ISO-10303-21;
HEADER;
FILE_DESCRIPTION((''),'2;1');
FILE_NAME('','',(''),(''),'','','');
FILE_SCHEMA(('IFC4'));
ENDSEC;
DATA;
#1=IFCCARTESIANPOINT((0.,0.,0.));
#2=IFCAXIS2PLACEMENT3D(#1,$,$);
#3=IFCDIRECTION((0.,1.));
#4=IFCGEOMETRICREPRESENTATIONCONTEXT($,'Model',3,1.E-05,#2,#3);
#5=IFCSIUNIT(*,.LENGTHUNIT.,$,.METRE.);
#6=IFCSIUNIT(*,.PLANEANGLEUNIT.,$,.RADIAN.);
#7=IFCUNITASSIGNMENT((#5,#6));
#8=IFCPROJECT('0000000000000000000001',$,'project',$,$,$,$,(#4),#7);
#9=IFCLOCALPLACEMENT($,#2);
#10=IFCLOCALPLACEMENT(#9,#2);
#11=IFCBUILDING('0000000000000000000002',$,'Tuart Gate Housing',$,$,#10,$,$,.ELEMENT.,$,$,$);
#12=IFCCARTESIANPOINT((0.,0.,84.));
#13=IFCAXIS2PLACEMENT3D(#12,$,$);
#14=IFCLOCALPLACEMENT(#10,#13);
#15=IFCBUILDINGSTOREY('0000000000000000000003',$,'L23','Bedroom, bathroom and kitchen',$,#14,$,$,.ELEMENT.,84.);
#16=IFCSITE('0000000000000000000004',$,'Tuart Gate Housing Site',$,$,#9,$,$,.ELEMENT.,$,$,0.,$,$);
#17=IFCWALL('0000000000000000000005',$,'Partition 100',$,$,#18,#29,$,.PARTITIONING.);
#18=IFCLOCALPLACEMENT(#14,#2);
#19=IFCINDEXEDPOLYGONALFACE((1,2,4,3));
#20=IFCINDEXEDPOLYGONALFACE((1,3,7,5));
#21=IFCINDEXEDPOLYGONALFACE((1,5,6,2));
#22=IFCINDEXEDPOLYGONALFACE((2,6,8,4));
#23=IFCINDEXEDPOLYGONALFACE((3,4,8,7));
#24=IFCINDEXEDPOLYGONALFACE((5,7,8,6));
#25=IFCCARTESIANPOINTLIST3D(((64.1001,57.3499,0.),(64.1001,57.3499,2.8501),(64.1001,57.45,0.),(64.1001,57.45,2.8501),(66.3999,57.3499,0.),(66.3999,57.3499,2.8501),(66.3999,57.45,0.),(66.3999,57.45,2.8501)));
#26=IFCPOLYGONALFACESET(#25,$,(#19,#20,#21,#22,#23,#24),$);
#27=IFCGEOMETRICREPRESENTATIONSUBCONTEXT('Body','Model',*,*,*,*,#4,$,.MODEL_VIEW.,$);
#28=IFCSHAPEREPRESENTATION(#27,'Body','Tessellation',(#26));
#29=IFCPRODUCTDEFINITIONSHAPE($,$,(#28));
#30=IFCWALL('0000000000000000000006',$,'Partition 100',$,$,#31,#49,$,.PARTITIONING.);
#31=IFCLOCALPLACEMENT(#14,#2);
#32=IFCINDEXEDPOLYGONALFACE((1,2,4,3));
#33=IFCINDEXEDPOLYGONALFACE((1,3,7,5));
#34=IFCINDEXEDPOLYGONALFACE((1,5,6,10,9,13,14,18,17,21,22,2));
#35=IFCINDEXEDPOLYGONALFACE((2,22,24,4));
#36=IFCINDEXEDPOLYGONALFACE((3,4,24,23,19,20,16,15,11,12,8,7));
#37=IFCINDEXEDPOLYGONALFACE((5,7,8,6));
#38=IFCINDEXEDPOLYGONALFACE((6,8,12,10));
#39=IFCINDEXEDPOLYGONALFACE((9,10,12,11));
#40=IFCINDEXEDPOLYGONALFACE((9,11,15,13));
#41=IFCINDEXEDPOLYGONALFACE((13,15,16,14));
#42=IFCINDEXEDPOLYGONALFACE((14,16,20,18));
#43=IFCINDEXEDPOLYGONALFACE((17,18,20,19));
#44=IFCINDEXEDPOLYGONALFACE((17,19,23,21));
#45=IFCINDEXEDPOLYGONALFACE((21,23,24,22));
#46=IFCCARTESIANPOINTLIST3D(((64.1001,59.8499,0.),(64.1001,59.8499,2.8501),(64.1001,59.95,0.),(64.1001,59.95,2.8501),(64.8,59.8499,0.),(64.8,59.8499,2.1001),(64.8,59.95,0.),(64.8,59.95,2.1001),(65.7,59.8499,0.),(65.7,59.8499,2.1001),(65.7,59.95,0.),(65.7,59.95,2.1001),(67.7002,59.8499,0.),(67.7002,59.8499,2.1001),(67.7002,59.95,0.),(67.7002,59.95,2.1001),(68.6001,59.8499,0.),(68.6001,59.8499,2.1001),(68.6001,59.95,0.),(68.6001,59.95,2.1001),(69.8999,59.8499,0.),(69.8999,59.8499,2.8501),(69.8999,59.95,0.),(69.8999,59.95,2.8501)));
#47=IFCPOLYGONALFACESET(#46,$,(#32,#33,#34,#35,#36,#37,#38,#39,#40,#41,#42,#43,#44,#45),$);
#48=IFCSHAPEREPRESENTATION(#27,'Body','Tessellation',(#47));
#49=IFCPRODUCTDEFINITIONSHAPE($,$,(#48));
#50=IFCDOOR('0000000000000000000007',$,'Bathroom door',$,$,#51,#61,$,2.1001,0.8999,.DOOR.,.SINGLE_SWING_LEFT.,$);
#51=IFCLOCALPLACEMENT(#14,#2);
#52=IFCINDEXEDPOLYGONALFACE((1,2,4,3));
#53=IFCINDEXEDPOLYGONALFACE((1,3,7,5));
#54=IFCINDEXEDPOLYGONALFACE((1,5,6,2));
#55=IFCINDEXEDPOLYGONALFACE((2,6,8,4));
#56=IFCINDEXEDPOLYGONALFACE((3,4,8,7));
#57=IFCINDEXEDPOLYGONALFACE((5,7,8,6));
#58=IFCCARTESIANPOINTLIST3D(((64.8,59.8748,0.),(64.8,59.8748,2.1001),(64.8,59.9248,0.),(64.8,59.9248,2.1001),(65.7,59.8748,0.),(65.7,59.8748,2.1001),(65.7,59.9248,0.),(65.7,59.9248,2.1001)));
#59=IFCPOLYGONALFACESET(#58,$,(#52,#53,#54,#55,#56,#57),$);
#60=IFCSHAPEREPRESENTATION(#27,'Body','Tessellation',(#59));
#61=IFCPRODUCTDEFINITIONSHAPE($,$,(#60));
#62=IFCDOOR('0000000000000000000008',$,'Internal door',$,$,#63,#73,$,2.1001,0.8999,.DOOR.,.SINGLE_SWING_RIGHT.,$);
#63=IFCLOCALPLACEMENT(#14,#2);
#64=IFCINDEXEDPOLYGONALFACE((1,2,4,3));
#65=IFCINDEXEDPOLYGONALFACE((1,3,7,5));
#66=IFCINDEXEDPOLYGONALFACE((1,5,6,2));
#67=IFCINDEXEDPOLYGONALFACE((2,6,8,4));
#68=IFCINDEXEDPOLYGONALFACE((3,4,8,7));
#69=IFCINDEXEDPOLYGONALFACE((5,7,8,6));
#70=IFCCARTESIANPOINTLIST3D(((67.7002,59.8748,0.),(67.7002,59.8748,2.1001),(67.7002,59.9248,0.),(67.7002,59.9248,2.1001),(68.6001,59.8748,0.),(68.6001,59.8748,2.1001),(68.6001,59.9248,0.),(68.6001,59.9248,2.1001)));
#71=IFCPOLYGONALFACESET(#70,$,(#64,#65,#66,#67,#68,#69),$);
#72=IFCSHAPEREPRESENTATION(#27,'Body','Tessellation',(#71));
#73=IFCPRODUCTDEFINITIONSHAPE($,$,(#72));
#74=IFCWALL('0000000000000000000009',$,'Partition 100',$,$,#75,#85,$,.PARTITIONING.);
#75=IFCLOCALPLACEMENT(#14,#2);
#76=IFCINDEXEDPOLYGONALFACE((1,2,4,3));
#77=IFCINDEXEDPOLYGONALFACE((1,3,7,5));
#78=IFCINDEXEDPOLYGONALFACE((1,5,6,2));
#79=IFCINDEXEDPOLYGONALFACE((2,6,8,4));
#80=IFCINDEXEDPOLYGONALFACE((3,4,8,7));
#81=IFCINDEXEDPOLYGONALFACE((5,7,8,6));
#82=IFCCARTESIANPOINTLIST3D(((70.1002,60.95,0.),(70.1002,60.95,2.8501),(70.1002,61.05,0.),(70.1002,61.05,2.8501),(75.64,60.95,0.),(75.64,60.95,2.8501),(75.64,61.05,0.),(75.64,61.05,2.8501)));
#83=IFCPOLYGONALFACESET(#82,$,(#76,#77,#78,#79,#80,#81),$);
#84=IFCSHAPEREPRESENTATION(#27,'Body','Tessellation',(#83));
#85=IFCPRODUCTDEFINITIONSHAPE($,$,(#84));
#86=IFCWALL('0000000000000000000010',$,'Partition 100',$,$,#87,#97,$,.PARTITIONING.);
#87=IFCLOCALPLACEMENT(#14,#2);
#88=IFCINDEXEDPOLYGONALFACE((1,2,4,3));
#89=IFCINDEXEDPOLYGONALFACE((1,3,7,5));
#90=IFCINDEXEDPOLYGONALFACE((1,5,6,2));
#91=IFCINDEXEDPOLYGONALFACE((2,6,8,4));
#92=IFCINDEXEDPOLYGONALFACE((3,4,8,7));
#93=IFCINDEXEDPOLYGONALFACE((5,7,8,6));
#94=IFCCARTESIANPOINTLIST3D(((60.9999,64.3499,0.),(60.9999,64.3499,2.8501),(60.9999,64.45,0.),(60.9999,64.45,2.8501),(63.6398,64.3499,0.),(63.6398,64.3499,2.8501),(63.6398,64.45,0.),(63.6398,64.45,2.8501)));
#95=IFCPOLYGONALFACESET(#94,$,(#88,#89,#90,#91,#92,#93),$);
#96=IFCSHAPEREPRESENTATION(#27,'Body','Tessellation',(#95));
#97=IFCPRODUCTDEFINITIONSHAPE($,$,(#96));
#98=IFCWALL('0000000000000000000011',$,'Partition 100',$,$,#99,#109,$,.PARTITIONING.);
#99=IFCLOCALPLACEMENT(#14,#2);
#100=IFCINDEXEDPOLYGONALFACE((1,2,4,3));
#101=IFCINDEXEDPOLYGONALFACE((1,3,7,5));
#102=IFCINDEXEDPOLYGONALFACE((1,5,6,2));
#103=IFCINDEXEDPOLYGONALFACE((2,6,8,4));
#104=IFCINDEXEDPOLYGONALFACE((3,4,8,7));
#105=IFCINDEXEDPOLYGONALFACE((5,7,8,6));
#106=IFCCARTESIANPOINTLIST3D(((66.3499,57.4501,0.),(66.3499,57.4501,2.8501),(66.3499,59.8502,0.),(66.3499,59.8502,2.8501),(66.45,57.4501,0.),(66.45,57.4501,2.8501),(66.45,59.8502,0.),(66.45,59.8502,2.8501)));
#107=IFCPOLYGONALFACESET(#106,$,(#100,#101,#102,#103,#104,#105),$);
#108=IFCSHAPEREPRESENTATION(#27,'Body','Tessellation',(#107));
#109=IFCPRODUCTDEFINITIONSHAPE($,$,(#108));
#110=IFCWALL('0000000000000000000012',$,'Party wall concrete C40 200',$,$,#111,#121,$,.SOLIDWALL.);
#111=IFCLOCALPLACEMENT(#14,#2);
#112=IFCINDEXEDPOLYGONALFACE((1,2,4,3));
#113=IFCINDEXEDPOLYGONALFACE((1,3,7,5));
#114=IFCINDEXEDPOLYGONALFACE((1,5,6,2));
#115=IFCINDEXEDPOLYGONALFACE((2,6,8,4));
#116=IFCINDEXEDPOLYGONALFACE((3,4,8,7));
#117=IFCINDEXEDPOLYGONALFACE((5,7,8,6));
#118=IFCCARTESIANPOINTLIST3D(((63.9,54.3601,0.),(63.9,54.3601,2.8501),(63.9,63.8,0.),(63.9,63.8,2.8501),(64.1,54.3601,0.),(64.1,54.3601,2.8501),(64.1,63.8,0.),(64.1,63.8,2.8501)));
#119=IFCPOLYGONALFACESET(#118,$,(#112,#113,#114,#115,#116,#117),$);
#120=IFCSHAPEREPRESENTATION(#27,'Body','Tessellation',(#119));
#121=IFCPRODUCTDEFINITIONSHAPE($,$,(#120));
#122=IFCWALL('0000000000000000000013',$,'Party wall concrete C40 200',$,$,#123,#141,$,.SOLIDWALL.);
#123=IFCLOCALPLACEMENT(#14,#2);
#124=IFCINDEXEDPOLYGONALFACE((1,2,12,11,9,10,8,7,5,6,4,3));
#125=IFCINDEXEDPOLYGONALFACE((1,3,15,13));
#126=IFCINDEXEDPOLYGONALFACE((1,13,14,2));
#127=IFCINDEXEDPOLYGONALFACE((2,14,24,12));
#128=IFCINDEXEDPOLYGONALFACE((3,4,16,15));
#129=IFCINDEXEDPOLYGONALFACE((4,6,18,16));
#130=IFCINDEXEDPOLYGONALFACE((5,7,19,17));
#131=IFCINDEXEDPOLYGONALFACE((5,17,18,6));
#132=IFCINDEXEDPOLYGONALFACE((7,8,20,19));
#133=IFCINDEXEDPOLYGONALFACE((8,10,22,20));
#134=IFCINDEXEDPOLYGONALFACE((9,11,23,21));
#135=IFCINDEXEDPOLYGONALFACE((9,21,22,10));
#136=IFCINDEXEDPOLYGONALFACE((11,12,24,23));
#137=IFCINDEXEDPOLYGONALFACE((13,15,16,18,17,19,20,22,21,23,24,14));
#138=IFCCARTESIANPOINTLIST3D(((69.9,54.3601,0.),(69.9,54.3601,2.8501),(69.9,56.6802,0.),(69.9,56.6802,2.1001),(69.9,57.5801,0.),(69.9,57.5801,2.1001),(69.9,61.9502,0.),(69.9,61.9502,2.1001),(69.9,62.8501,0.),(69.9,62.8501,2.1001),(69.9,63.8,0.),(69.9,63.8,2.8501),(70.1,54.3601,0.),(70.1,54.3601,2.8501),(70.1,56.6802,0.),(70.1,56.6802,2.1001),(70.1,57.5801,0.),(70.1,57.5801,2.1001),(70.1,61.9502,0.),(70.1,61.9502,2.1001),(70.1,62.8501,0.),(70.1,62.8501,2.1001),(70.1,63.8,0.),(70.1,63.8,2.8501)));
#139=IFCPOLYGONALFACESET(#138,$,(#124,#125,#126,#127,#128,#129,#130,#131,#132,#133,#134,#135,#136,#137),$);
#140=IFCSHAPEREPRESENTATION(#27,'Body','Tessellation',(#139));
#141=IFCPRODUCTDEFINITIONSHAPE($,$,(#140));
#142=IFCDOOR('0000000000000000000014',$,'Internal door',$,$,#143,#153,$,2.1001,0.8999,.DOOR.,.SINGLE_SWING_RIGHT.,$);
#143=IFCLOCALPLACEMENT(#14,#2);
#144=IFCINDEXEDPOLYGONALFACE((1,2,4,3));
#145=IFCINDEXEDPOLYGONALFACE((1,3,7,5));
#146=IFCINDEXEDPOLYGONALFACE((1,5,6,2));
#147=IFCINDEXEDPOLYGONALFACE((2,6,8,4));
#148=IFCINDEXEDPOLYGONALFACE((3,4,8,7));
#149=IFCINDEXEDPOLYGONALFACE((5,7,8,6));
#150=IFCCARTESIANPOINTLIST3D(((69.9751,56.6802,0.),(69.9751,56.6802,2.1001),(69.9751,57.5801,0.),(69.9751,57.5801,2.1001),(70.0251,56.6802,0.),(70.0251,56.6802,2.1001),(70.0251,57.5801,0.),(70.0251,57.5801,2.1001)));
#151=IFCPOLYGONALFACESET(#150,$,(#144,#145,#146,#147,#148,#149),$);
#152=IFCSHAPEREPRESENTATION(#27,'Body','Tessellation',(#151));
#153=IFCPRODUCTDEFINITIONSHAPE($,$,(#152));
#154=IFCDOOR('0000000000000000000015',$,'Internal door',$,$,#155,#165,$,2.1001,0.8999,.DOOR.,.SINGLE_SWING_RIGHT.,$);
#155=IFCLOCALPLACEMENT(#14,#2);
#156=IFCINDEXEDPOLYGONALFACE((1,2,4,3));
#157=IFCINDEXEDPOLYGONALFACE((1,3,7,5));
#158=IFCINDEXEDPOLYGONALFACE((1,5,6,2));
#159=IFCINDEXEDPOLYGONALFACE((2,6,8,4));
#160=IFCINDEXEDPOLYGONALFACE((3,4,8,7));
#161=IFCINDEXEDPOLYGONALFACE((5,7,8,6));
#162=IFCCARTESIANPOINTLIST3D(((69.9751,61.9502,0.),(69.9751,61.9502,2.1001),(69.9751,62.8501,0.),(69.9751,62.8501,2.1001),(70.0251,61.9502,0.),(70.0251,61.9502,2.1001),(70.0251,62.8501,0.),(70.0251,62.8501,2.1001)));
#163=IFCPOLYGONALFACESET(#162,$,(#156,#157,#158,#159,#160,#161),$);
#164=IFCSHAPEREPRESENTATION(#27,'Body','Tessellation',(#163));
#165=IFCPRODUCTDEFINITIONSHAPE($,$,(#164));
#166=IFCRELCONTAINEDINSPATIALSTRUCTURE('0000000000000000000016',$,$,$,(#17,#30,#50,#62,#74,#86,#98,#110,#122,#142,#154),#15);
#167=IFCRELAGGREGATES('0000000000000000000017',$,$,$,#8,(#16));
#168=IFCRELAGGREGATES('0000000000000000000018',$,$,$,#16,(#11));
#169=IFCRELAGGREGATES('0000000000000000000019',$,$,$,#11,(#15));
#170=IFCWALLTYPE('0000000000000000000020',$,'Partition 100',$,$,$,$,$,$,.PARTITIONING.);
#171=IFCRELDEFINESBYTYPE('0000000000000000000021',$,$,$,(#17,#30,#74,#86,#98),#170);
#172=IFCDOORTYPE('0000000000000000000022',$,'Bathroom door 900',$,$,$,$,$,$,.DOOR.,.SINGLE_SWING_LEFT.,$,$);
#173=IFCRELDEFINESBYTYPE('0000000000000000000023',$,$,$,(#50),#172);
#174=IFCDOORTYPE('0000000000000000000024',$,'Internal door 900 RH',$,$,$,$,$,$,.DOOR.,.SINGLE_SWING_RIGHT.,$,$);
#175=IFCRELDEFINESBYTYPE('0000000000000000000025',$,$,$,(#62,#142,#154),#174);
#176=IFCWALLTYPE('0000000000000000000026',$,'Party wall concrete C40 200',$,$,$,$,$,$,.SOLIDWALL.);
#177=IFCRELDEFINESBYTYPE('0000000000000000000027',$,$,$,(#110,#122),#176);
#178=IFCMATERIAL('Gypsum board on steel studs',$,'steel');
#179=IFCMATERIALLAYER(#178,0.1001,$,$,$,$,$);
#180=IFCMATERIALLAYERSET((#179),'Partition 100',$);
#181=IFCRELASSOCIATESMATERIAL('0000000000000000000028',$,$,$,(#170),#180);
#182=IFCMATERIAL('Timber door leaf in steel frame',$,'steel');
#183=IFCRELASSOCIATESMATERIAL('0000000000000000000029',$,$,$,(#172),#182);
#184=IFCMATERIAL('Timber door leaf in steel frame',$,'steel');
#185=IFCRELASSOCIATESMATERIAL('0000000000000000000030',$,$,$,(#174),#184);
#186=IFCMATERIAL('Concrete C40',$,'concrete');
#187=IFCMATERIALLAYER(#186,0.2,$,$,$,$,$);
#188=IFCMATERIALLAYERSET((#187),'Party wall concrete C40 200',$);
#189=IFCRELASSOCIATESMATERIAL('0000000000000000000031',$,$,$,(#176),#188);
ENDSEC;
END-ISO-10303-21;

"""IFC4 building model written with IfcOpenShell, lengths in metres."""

from ifc_helpers import new_model, si_unit, direction, frame, frame_2d, origin, place, context, subcontext, project, spatial, rectangle, extrude, material, layer, layer_set, type_object, element, fill, save


model = new_model("IFC4")

# Units and contexts
model_context = context("Model", 3, precision=1e-05, world=origin(), true_north=direction((0.0, 1.0)))
body_context = subcontext(model_context, "Body", "Model", "MODEL_VIEW")
ifc_project = project(units=[si_unit("LENGTHUNIT", "METRE"), si_unit("PLANEANGLEUNIT", "RADIAN")], contexts=[model_context])

# Site, building, storey
site_placement = place(None, origin())
site = spatial("IfcSite", under=ifc_project, at=site_placement, Name="Tuart Gate Housing Site", CompositionType="ELEMENT", RefElevation=0.0)
building_placement = place(site_placement, origin())
building = spatial("IfcBuilding", under=site, at=building_placement, Name="Tuart Gate Housing", CompositionType="ELEMENT")
storey_placement = place(building_placement, frame((0.0, 0.0, 84.0)))
storey = spatial("IfcBuildingStorey", under=building, at=storey_placement, Name="L23", Description="Bedroom, bathroom and kitchen", CompositionType="ELEMENT", Elevation=84.0)

# Wall
ifc_material_1 = material(Name="Gypsum board on steel studs", Category="steel")
ifc_layer_1 = layer(ifc_material_1, 0.1001)
ifc_layer_set_1 = layer_set([ifc_layer_1], Name="Partition 100")
wall_type_1 = type_object("IfcWallType", Name="Partition 100", PredefinedType="PARTITIONING", material=ifc_layer_set_1)
wall_1_placement = place(storey_placement, frame((64.1001, 57.3999, 0.0), z_axis=(0.0, 0.0, 1.0), x_axis=(1.0, 0.0, 0.0)))
element("IfcWall", 1, at=wall_1_placement, inside=storey, type_object=wall_type_1, Name="Partition 100", PredefinedType="PARTITIONING", context=body_context, shape_type="SweptSolid", body=[
    extrude(rectangle(XDim=2.2998, YDim=0.1001, at=frame_2d((1.1499, 0.0))), origin(), (0.0, 0.0, 1.0), 2.8501),
])

# Wall, openings, doors
wall_2_placement = place(storey_placement, frame((64.1001, 59.8999, 0.0), z_axis=(0.0, 0.0, 1.0), x_axis=(1.0, 0.0, 0.0)))
wall_2 = element("IfcWall", 2, at=wall_2_placement, inside=storey, type_object=wall_type_1, Name="Partition 100", PredefinedType="PARTITIONING", context=body_context, shape_type="SweptSolid", body=[
    extrude(rectangle(XDim=5.7998, YDim=0.1001, at=frame_2d((2.8999, 0.0))), origin(), (0.0, 0.0, 1.0), 2.8501),
])
opening_1_placement = place(wall_2_placement, frame((3.6001, 0.0, 0.0)))
opening_1 = element("IfcOpeningElement", 3, at=opening_1_placement, cuts=wall_2, PredefinedType="OPENING", context=body_context, shape_type="SweptSolid", body=[
    extrude(rectangle(XDim=0.8999, YDim=2.1001, at=frame_2d((0.45, 1.05))), frame((0.0, 0.0601, 0.0), z_axis=(0.0, -1.0, 0.0), x_axis=(1.0, 0.0, 0.0)), (0.0, 0.0, 1.0), 0.1201),
])
opening_2_placement = place(wall_2_placement, frame((0.7, 0.0, 0.0)))
opening_2 = element("IfcOpeningElement", 4, at=opening_2_placement, cuts=wall_2, PredefinedType="OPENING", context=body_context, shape_type="SweptSolid", body=[
    extrude(rectangle(XDim=0.8999, YDim=2.1001, at=frame_2d((0.45, 1.05))), frame((0.0, 0.0601, 0.0), z_axis=(0.0, -1.0, 0.0), x_axis=(1.0, 0.0, 0.0)), (0.0, 0.0, 1.0), 0.1201),
])
ifc_material_2 = material(Name="Timber door leaf in steel frame", Category="steel")
door_type_1 = type_object("IfcDoorType", Name="Bathroom door 900", OperationType="SINGLE_SWING_LEFT", PredefinedType="DOOR", material=ifc_material_2)
door_1_placement = place(opening_2_placement, frame((0.8999, 0.0, 0.0), z_axis=(0.0, 0.0, 1.0), x_axis=(-1.0, 0.0, 0.0)))
door_1 = element("IfcDoor", 5, at=door_1_placement, inside=storey, type_object=door_type_1, Name="Bathroom door", OperationType="SINGLE_SWING_LEFT", OverallHeight=2.1001, OverallWidth=0.8999, PredefinedType="DOOR", context=body_context, shape_type="SweptSolid", body=[
    extrude(rectangle(XDim=0.8999, YDim=2.1001, at=frame_2d((0.45, 1.05))), frame((0.0, 0.0251, 0.0), z_axis=(0.0, -1.0, 0.0), x_axis=(1.0, 0.0, 0.0)), (0.0, 0.0, 1.0), 0.05),
])
fill(opening_2, door_1)
ifc_material_3 = material(Name="Timber door leaf in steel frame", Category="steel")
door_type_2 = type_object("IfcDoorType", Name="Internal door 900 RH", OperationType="SINGLE_SWING_RIGHT", PredefinedType="DOOR", material=ifc_material_3)
door_2_placement = place(opening_1_placement, origin())
door_2 = element("IfcDoor", 6, at=door_2_placement, inside=storey, type_object=door_type_2, Name="Internal door", OperationType="SINGLE_SWING_RIGHT", OverallHeight=2.1001, OverallWidth=0.8999, PredefinedType="DOOR", context=body_context, shape_type="SweptSolid", body=[
    extrude(rectangle(XDim=0.8999, YDim=2.1001, at=frame_2d((0.45, 1.05))), frame((0.0, 0.0249, 0.0), z_axis=(0.0, -1.0, 0.0), x_axis=(1.0, 0.0, 0.0)), (0.0, 0.0, 1.0), 0.05),
])
fill(opening_1, door_2)

# Walls
wall_3_placement = place(storey_placement, frame((70.1001, 61.0, 0.0), z_axis=(0.0, 0.0, 1.0), x_axis=(1.0, 0.0, 0.0)))
element("IfcWall", 7, at=wall_3_placement, inside=storey, type_object=wall_type_1, Name="Partition 100", PredefinedType="PARTITIONING", context=body_context, shape_type="SweptSolid", body=[
    extrude(rectangle(XDim=5.5398, YDim=0.1001, at=frame_2d((2.77, 0.0))), origin(), (0.0, 0.0, 1.0), 2.8501),
])
wall_4_placement = place(storey_placement, frame((61.0, 64.3999, 0.0), z_axis=(0.0, 0.0, 1.0), x_axis=(1.0, 0.0, 0.0)))
element("IfcWall", 8, at=wall_4_placement, inside=storey, type_object=wall_type_1, Name="Partition 100", PredefinedType="PARTITIONING", context=body_context, shape_type="SweptSolid", body=[
    extrude(rectangle(XDim=2.6399, YDim=0.1001, at=frame_2d((1.3198, 0.0))), origin(), (0.0, 0.0, 1.0), 2.8501),
])
wall_5_placement = place(storey_placement, frame((66.3999, 57.45, 0.0), z_axis=(0.0, 0.0, 1.0), x_axis=(0.0, 1.0, 0.0)))
element("IfcWall", 9, at=wall_5_placement, inside=storey, type_object=wall_type_1, Name="Partition 100", PredefinedType="PARTITIONING", context=body_context, shape_type="SweptSolid", body=[
    extrude(rectangle(XDim=2.4001, YDim=0.1001, at=frame_2d((1.2002, 0.0))), origin(), (0.0, 0.0, 1.0), 2.8501),
])
ifc_material_4 = material(Name="Concrete C40", Category="concrete")
ifc_layer_2 = layer(ifc_material_4, 0.2)
ifc_layer_set_2 = layer_set([ifc_layer_2], Name="Party wall concrete C40 200")
wall_type_2 = type_object("IfcWallType", Name="Party wall concrete C40 200", PredefinedType="SOLIDWALL", material=ifc_layer_set_2)
wall_6_placement = place(storey_placement, frame((64.0, 54.3601, 0.0), z_axis=(0.0, 0.0, 1.0), x_axis=(0.0, 1.0, 0.0)))
element("IfcWall", 10, at=wall_6_placement, inside=storey, type_object=wall_type_2, Name="Party wall concrete C40 200", PredefinedType="SOLIDWALL", context=body_context, shape_type="SweptSolid", body=[
    extrude(rectangle(XDim=9.4399, YDim=0.2, at=frame_2d((4.72, 0.0))), origin(), (0.0, 0.0, 1.0), 2.8501),
])

# Wall, openings, doors
wall_7_placement = place(storey_placement, frame((70.0, 54.3601, 0.0), z_axis=(0.0, 0.0, 1.0), x_axis=(0.0, 1.0, 0.0)))
wall_7 = element("IfcWall", 11, at=wall_7_placement, inside=storey, type_object=wall_type_2, Name="Party wall concrete C40 200", PredefinedType="SOLIDWALL", context=body_context, shape_type="SweptSolid", body=[
    extrude(rectangle(XDim=9.4399, YDim=0.2, at=frame_2d((4.72, 0.0))), origin(), (0.0, 0.0, 1.0), 2.8501),
])
opening_3_placement = place(wall_7_placement, frame((2.3201, 0.0, 0.0)))
opening_3 = element("IfcOpeningElement", 12, at=opening_3_placement, cuts=wall_7, PredefinedType="OPENING", context=body_context, shape_type="SweptSolid", body=[
    extrude(rectangle(XDim=0.8999, YDim=2.1001, at=frame_2d((0.45, 1.05))), frame((0.0, 0.1099, 0.0), z_axis=(0.0, -1.0, 0.0), x_axis=(1.0, 0.0, 0.0)), (0.0, 0.0, 1.0), 0.22),
])
opening_4_placement = place(wall_7_placement, frame((7.5901, 0.0, 0.0)))
opening_4 = element("IfcOpeningElement", 13, at=opening_4_placement, cuts=wall_7, PredefinedType="OPENING", context=body_context, shape_type="SweptSolid", body=[
    extrude(rectangle(XDim=0.8999, YDim=2.1001, at=frame_2d((0.45, 1.05))), frame((0.0, 0.1099, 0.0), z_axis=(0.0, -1.0, 0.0), x_axis=(1.0, 0.0, 0.0)), (0.0, 0.0, 1.0), 0.22),
])
door_3_placement = place(opening_3_placement, frame((0.8999, 0.0, 0.0), z_axis=(0.0, 0.0, 1.0), x_axis=(-1.0, 0.0, 0.0)))
door_3 = element("IfcDoor", 14, at=door_3_placement, inside=storey, type_object=door_type_2, Name="Internal door", OperationType="SINGLE_SWING_RIGHT", OverallHeight=2.1001, OverallWidth=0.8999, PredefinedType="DOOR", context=body_context, shape_type="SweptSolid", body=[
    extrude(rectangle(XDim=0.8999, YDim=2.1001, at=frame_2d((0.45, 1.05))), frame((0.0, 0.0251, 0.0), z_axis=(0.0, -1.0, 0.0), x_axis=(1.0, 0.0, 0.0)), (0.0, 0.0, 1.0), 0.05),
])
fill(opening_3, door_3)
door_4_placement = place(opening_4_placement, frame((0.8999, 0.0, 0.0), z_axis=(0.0, 0.0, 1.0), x_axis=(-1.0, 0.0, 0.0)))
door_4 = element("IfcDoor", 15, at=door_4_placement, inside=storey, type_object=door_type_2, Name="Internal door", OperationType="SINGLE_SWING_RIGHT", OverallHeight=2.1001, OverallWidth=0.8999, PredefinedType="DOOR", context=body_context, shape_type="SweptSolid", body=[
    extrude(rectangle(XDim=0.8999, YDim=2.1001, at=frame_2d((0.45, 1.05))), frame((0.0, 0.0251, 0.0), z_axis=(0.0, -1.0, 0.0), x_axis=(1.0, 0.0, 0.0)), (0.0, 0.0, 1.0), 0.05),
])
fill(opening_4, door_4)

save(model, "model.ifc")
